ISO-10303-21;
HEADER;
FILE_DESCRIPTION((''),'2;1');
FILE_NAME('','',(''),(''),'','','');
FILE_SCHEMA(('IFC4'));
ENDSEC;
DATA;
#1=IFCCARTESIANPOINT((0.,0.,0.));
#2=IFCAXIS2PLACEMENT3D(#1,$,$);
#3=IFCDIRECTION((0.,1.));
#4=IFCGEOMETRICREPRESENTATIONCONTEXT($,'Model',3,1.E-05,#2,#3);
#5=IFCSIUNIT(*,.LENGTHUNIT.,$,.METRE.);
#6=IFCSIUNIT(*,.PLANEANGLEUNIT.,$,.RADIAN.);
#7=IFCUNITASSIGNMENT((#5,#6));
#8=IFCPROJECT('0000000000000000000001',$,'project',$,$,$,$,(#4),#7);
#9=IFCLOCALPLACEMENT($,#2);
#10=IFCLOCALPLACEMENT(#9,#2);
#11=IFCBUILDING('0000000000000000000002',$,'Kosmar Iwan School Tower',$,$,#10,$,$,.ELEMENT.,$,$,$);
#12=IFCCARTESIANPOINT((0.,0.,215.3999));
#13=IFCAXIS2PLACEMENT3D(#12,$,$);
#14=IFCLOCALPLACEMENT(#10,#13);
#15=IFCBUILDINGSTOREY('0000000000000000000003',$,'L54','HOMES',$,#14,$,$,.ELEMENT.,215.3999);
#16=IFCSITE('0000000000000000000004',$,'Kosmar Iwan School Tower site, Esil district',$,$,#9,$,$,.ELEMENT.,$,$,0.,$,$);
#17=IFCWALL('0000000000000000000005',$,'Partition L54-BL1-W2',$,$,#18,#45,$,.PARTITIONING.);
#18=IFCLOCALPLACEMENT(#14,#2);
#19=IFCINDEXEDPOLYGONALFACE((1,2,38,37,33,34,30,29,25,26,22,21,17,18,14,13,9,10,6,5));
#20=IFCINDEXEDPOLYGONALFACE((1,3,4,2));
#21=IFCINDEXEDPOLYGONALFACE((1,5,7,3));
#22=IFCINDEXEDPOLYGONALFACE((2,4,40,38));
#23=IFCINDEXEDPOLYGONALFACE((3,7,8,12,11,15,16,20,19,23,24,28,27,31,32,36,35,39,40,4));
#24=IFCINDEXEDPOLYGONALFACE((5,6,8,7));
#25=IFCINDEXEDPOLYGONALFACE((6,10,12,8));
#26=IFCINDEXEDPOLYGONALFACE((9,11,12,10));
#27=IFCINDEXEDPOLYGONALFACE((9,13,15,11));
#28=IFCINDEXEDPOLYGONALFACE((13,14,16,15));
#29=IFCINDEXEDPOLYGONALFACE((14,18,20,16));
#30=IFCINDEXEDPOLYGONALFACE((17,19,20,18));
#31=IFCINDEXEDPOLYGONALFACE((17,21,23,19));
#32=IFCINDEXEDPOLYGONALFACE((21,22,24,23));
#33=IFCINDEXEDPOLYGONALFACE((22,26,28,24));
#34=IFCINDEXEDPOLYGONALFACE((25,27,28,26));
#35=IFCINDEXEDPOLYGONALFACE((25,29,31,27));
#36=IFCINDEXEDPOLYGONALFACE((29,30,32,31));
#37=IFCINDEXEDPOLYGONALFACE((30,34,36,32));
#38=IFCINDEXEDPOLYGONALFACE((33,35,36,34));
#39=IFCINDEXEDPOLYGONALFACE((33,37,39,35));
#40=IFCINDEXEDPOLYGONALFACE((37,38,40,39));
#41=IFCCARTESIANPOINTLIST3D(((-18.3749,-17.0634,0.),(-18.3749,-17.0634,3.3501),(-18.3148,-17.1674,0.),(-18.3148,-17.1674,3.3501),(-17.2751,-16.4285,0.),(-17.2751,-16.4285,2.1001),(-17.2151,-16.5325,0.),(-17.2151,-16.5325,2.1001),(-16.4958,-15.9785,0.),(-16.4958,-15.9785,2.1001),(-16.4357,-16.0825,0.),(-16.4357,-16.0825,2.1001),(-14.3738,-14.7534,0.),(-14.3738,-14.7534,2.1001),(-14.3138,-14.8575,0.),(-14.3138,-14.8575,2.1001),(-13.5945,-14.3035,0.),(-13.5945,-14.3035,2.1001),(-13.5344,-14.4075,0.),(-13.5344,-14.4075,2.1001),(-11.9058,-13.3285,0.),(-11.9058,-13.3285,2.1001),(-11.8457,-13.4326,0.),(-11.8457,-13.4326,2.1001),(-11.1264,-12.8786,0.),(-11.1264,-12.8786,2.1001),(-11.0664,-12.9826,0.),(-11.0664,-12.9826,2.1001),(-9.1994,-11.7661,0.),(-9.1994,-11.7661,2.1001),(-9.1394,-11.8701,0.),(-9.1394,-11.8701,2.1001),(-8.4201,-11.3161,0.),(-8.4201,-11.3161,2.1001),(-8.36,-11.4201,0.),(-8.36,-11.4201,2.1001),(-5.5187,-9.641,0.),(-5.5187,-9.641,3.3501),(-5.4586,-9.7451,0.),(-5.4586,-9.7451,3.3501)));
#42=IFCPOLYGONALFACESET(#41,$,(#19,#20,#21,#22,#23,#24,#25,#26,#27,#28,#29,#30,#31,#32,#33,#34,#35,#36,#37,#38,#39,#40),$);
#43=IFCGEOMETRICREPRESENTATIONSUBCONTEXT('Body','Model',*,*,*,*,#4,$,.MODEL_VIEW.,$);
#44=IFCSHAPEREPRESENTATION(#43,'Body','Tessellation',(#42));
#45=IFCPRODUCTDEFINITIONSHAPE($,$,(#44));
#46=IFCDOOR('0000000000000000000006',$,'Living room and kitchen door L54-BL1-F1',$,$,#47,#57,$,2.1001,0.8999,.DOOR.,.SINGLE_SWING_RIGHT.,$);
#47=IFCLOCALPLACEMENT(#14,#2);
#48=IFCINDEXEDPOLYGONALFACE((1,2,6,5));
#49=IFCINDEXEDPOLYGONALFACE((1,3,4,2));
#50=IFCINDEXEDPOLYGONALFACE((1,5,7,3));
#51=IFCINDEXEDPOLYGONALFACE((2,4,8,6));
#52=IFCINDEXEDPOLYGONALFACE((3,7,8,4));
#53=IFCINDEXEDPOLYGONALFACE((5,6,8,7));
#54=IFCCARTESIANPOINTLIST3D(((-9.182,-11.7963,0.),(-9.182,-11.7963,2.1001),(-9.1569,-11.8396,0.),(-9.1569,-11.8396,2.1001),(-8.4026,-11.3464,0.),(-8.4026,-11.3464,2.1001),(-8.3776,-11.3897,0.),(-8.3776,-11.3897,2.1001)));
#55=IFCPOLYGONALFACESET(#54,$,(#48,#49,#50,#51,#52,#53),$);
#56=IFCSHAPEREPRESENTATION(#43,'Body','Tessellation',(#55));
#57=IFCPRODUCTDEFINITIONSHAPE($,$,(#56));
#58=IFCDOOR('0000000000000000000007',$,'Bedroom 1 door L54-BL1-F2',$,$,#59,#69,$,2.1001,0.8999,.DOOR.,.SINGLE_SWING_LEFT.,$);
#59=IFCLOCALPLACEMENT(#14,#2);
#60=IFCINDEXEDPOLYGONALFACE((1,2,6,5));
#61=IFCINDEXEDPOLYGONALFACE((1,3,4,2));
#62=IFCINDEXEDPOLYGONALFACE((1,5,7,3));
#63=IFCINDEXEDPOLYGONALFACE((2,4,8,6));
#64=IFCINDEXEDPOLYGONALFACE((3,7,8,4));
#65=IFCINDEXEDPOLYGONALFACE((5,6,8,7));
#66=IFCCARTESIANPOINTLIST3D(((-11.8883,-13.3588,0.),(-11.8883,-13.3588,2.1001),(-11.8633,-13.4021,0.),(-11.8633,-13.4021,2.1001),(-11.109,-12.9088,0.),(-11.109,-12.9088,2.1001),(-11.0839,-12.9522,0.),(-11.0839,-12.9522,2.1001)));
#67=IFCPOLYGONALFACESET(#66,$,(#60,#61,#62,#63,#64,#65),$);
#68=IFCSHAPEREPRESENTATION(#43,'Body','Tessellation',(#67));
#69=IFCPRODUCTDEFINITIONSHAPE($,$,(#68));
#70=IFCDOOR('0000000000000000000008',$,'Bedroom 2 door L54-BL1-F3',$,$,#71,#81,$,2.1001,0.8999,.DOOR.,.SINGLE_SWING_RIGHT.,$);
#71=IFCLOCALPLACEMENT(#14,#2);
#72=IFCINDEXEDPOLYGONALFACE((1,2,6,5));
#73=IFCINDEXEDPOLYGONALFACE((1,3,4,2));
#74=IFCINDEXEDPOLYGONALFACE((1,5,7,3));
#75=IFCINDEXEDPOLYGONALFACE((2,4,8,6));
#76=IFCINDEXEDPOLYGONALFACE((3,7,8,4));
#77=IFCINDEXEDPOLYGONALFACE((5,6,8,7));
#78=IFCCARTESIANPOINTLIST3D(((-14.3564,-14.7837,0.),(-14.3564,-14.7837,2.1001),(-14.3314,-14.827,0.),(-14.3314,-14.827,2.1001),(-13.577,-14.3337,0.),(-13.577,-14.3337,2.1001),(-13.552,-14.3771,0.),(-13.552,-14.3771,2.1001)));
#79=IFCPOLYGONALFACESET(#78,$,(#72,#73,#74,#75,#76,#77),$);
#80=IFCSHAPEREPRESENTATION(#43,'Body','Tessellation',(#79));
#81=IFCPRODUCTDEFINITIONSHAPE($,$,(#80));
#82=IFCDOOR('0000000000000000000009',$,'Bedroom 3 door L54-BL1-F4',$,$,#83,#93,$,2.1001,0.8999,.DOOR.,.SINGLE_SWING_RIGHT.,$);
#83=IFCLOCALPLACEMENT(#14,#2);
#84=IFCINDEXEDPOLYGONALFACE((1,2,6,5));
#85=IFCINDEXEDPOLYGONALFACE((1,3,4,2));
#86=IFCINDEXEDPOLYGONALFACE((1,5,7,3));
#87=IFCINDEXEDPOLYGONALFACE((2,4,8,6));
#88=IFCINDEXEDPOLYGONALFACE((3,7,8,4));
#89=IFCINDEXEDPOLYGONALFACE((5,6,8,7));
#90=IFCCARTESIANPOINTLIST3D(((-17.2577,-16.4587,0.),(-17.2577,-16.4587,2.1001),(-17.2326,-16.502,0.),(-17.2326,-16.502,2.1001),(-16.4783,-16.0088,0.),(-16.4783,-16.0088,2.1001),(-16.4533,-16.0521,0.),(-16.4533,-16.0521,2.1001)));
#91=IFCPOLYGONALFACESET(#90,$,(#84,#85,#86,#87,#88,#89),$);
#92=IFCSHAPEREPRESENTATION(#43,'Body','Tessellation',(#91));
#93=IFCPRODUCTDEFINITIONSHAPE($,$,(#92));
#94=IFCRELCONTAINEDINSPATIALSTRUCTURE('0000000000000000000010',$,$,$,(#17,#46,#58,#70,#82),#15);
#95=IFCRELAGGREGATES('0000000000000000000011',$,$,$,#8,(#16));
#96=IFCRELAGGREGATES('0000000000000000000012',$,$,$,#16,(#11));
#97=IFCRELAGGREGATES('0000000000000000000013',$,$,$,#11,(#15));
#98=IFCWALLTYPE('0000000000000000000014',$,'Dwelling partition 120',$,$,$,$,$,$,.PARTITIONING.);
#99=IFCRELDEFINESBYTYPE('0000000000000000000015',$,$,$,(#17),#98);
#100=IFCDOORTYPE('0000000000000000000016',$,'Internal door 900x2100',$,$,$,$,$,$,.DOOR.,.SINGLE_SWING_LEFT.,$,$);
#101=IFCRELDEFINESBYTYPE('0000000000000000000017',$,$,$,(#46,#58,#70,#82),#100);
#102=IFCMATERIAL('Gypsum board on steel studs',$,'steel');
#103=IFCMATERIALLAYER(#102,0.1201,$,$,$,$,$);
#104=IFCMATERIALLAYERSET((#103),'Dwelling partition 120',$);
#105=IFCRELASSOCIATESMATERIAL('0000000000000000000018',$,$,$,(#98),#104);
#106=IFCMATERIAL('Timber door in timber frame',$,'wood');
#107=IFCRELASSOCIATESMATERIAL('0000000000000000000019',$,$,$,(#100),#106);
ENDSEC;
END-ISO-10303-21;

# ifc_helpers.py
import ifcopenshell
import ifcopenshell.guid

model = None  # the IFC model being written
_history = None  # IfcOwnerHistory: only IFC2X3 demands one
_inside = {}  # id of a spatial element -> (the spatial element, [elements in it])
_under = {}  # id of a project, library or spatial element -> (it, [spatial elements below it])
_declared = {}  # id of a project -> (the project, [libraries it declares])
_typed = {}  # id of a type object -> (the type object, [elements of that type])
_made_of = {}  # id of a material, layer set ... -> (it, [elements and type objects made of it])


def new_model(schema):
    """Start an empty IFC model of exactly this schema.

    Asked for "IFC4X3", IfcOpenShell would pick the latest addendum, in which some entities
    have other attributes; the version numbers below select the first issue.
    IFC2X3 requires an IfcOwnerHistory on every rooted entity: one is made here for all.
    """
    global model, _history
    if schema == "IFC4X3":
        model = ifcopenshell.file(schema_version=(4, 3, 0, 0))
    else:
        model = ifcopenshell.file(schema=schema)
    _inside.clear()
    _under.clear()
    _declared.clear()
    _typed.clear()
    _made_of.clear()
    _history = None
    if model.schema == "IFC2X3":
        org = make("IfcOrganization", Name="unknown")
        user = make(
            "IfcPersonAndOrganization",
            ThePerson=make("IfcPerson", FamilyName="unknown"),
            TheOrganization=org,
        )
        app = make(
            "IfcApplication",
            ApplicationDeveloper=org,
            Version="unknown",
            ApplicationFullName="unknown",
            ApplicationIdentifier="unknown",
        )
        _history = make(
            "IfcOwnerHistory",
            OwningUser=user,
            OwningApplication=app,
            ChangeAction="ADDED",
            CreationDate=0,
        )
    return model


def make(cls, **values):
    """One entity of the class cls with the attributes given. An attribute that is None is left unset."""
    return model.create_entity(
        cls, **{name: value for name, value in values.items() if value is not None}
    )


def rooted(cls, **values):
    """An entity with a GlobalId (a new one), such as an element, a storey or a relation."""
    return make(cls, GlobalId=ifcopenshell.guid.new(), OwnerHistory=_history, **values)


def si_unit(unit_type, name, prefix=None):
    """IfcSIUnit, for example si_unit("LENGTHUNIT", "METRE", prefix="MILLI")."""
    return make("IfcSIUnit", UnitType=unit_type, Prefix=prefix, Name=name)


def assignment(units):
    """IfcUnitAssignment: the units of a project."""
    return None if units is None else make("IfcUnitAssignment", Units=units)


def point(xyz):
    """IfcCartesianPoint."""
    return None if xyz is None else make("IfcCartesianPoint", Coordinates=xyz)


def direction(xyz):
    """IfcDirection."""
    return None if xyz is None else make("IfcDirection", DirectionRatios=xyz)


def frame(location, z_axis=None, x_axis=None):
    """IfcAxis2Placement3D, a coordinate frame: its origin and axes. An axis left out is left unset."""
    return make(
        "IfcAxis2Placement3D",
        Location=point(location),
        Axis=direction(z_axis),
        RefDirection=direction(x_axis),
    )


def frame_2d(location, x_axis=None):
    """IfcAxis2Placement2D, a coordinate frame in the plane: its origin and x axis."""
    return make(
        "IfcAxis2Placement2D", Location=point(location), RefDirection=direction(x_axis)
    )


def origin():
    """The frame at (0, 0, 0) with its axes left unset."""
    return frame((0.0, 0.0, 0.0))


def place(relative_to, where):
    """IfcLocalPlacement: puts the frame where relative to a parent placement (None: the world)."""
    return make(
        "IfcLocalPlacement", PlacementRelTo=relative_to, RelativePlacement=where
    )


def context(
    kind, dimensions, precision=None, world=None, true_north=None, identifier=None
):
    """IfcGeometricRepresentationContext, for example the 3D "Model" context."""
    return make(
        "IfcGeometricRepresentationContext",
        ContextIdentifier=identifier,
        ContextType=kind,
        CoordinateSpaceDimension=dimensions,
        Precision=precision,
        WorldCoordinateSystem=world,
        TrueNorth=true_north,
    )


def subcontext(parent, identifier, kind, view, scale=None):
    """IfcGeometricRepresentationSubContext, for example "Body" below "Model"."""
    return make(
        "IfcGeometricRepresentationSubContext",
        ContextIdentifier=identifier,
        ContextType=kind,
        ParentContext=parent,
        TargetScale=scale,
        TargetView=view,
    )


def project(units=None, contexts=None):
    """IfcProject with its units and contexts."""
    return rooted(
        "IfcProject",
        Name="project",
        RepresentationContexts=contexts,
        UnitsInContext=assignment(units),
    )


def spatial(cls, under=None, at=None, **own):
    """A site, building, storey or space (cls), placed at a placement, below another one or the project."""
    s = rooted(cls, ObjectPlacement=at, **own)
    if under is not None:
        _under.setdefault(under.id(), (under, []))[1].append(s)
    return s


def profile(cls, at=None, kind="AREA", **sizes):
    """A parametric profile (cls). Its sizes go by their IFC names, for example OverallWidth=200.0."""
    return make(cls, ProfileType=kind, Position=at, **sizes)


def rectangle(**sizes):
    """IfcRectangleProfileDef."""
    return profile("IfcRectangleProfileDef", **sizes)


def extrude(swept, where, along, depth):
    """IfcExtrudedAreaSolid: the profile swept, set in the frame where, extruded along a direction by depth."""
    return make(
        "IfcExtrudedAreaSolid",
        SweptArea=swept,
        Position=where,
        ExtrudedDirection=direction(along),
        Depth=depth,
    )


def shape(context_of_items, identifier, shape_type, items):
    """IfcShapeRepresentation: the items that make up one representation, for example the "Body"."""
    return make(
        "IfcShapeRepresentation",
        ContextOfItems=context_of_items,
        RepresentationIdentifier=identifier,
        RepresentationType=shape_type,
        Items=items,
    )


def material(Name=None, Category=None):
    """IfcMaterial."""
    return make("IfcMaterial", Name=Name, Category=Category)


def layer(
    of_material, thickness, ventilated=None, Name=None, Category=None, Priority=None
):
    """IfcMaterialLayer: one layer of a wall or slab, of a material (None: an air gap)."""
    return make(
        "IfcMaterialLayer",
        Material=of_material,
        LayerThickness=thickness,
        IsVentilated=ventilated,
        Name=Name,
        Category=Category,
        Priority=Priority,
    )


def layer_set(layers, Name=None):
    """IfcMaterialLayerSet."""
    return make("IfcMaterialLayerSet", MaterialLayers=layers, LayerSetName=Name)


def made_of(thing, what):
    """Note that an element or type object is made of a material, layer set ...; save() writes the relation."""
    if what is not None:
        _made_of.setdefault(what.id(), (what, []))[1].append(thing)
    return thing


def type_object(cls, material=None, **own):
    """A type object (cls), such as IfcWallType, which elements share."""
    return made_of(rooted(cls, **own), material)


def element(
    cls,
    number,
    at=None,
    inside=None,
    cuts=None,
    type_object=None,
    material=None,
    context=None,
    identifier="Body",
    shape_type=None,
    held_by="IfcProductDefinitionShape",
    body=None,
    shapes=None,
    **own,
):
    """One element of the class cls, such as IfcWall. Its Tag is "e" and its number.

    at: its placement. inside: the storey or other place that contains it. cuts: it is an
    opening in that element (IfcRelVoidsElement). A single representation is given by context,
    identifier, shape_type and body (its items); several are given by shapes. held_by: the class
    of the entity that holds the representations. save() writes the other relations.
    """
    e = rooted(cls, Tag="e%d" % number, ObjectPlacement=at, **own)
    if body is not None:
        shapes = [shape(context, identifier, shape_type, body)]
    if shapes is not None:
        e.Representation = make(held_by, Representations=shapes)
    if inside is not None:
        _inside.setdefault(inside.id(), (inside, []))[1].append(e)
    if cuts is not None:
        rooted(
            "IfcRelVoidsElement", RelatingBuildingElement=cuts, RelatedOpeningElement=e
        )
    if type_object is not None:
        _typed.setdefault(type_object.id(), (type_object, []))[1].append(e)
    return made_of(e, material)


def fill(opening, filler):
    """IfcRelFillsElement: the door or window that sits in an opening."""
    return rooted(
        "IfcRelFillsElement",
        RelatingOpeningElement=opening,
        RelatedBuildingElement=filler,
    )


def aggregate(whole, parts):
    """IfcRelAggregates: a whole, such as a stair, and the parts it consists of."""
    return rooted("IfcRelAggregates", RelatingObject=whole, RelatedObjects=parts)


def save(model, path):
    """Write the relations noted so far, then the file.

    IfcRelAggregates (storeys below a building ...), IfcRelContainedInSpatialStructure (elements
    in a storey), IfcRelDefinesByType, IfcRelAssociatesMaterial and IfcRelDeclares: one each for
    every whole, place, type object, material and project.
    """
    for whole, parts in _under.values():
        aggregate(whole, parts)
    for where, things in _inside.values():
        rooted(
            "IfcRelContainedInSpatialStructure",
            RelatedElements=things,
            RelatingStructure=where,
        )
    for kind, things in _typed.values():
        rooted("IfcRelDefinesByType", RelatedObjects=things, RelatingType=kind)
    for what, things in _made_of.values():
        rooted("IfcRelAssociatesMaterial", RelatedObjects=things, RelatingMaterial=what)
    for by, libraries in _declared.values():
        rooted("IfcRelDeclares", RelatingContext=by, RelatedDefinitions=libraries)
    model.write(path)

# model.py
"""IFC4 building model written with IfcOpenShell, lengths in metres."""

from ifc_helpers import new_model, si_unit, direction, frame, frame_2d, origin, place, context, subcontext, project, spatial, rectangle, extrude, material, layer, layer_set, type_object, element, fill, save


model = new_model("IFC4")

# Units and contexts
model_context = context("Model", 3, precision=1e-05, world=origin(), true_north=direction((0.0, 1.0)))
body_context = subcontext(model_context, "Body", "Model", "MODEL_VIEW")
ifc_project = project(units=[si_unit("LENGTHUNIT", "METRE"), si_unit("PLANEANGLEUNIT", "RADIAN")], contexts=[model_context])

# Site, building, storey
site_placement = place(None, origin())
site = spatial("IfcSite", under=ifc_project, at=site_placement, Name="Kosmar Iwan School Tower site, Esil district", CompositionType="ELEMENT", RefElevation=0.0)
building_placement = place(site_placement, origin())
building = spatial("IfcBuilding", under=site, at=building_placement, Name="Kosmar Iwan School Tower", CompositionType="ELEMENT")
storey_placement = place(building_placement, frame((0.0, 0.0, 215.3999)))
storey = spatial("IfcBuildingStorey", under=building, at=storey_placement, Name="L54", Description="HOMES", CompositionType="ELEMENT", Elevation=215.3999)

# Wall, openings, doors
ifc_material_1 = material(Name="Gypsum board on steel studs", Category="steel")
ifc_layer_1 = layer(ifc_material_1, 0.1201)
ifc_layer_set_1 = layer_set([ifc_layer_1], Name="Dwelling partition 120")
wall_type_1 = type_object("IfcWallType", Name="Dwelling partition 120", PredefinedType="PARTITIONING", material=ifc_layer_set_1)
ifc_material_2 = material(Name="Timber door in timber frame", Category="wood")
door_type_1 = type_object("IfcDoorType", Name="Internal door 900x2100", OperationType="SINGLE_SWING_LEFT", PredefinedType="DOOR", material=ifc_material_2)
wall_1_placement = place(storey_placement, frame((-5.4888, -9.6931, 0.0), z_axis=(0.0, 0.0, 1.0), x_axis=(-0.86603, -0.499992, 0.0)))
wall_1 = element("IfcWall", 1, at=wall_1_placement, inside=storey, type_object=wall_type_1, Name="Partition L54-BL1-W2", PredefinedType="PARTITIONING", context=body_context, shape_type="SweptSolid", body=[
    extrude(rectangle(XDim=14.845, YDim=0.1201, at=frame_2d((7.4224, 0.0))), origin(), (0.0, 0.0, 1.0), 3.3501),
])
opening_1_placement = place(wall_1_placement, frame((3.3501, 0.0, 0.0)))
opening_1 = element("IfcOpeningElement", 2, at=opening_1_placement, cuts=wall_1, PredefinedType="OPENING", context=body_context, shape_type="SweptSolid", body=[
    extrude(rectangle(XDim=0.8999, YDim=2.1001, at=frame_2d((0.45, 1.05))), frame((0.0, 0.072, 0.0), z_axis=(0.0, -1.0, 0.0), x_axis=(1.0, 0.0, 0.0)), (0.0, 0.0, 1.0), 0.144),
])
opening_2_placement = place(wall_1_placement, frame((6.4751, 0.0, 0.0)))
opening_2 = element("IfcOpeningElement", 3, at=opening_2_placement, cuts=wall_1, PredefinedType="OPENING", context=body_context, shape_type="SweptSolid", body=[
    extrude(rectangle(XDim=0.8999, YDim=2.1001, at=frame_2d((0.45, 1.05))), frame((0.0, 0.072, 0.0), z_axis=(0.0, -1.0, 0.0), x_axis=(1.0, 0.0, 0.0)), (0.0, 0.0, 1.0), 0.144),
])
opening_3_placement = place(wall_1_placement, frame((9.325, 0.0, 0.0)))
opening_3 = element("IfcOpeningElement", 4, at=opening_3_placement, cuts=wall_1, PredefinedType="OPENING", context=body_context, shape_type="SweptSolid", body=[
    extrude(rectangle(XDim=0.8999, YDim=2.1001, at=frame_2d((0.45, 1.05))), frame((0.0, 0.072, 0.0), z_axis=(0.0, -1.0, 0.0), x_axis=(1.0, 0.0, 0.0)), (0.0, 0.0, 1.0), 0.144),
])
opening_4_placement = place(wall_1_placement, frame((12.675, 0.0, 0.0)))
opening_4 = element("IfcOpeningElement", 5, at=opening_4_placement, cuts=wall_1, PredefinedType="OPENING", context=body_context, shape_type="SweptSolid", body=[
    extrude(rectangle(XDim=0.8999, YDim=2.1001, at=frame_2d((0.45, 1.05))), frame((0.0, 0.072, 0.0), z_axis=(0.0, -1.0, 0.0), x_axis=(1.0, 0.0, 0.0)), (0.0, 0.0, 1.0), 0.144),
])
door_1_placement = place(opening_1_placement, origin())
door_1 = element("IfcDoor", 6, at=door_1_placement, inside=storey, type_object=door_type_1, Name="Living room and kitchen door L54-BL1-F1", OperationType="SINGLE_SWING_RIGHT", OverallHeight=2.1001, OverallWidth=0.8999, PredefinedType="DOOR", context=body_context, shape_type="SweptSolid", body=[
    extrude(rectangle(XDim=0.8999, YDim=2.1001, at=frame_2d((0.45, 1.05))), frame((0.0, 0.0249, 0.0), z_axis=(0.0, -1.0, 0.0), x_axis=(1.0, 0.0, 0.0)), (0.0, 0.0, 1.0), 0.05),
])
fill(opening_1, door_1)
door_2_placement = place(opening_2_placement, origin())
door_2 = element("IfcDoor", 7, at=door_2_placement, inside=storey, type_object=door_type_1, Name="Bedroom 1 door L54-BL1-F2", OperationType="SINGLE_SWING_LEFT", OverallHeight=2.1001, OverallWidth=0.8999, PredefinedType="DOOR", context=body_context, shape_type="SweptSolid", body=[
    extrude(rectangle(XDim=0.8999, YDim=2.1001, at=frame_2d((0.45, 1.05))), frame((0.0, 0.0249, 0.0), z_axis=(0.0, -1.0, 0.0), x_axis=(1.0, 0.0, 0.0)), (0.0, 0.0, 1.0), 0.05),
])
fill(opening_2, door_2)
door_3_placement = place(opening_3_placement, origin())
door_3 = element("IfcDoor", 8, at=door_3_placement, inside=storey, type_object=door_type_1, Name="Bedroom 2 door L54-BL1-F3", OperationType="SINGLE_SWING_RIGHT", OverallHeight=2.1001, OverallWidth=0.8999, PredefinedType="DOOR", context=body_context, shape_type="SweptSolid", body=[
    extrude(rectangle(XDim=0.8999, YDim=2.1001, at=frame_2d((0.45, 1.05))), frame((0.0, 0.0249, 0.0), z_axis=(0.0, -1.0, 0.0), x_axis=(1.0, 0.0, 0.0)), (0.0, 0.0, 1.0), 0.05),
])
fill(opening_3, door_3)
door_4_placement = place(opening_4_placement, origin())
door_4 = element("IfcDoor", 9, at=door_4_placement, inside=storey, type_object=door_type_1, Name="Bedroom 3 door L54-BL1-F4", OperationType="SINGLE_SWING_RIGHT", OverallHeight=2.1001, OverallWidth=0.8999, PredefinedType="DOOR", context=body_context, shape_type="SweptSolid", body=[
    extrude(rectangle(XDim=0.8999, YDim=2.1001, at=frame_2d((0.45, 1.05))), frame((0.0, 0.0249, 0.0), z_axis=(0.0, -1.0, 0.0), x_axis=(1.0, 0.0, 0.0)), (0.0, 0.0, 1.0), 0.05),
])
fill(opening_4, door_4)

save(model, "model.ifc")
